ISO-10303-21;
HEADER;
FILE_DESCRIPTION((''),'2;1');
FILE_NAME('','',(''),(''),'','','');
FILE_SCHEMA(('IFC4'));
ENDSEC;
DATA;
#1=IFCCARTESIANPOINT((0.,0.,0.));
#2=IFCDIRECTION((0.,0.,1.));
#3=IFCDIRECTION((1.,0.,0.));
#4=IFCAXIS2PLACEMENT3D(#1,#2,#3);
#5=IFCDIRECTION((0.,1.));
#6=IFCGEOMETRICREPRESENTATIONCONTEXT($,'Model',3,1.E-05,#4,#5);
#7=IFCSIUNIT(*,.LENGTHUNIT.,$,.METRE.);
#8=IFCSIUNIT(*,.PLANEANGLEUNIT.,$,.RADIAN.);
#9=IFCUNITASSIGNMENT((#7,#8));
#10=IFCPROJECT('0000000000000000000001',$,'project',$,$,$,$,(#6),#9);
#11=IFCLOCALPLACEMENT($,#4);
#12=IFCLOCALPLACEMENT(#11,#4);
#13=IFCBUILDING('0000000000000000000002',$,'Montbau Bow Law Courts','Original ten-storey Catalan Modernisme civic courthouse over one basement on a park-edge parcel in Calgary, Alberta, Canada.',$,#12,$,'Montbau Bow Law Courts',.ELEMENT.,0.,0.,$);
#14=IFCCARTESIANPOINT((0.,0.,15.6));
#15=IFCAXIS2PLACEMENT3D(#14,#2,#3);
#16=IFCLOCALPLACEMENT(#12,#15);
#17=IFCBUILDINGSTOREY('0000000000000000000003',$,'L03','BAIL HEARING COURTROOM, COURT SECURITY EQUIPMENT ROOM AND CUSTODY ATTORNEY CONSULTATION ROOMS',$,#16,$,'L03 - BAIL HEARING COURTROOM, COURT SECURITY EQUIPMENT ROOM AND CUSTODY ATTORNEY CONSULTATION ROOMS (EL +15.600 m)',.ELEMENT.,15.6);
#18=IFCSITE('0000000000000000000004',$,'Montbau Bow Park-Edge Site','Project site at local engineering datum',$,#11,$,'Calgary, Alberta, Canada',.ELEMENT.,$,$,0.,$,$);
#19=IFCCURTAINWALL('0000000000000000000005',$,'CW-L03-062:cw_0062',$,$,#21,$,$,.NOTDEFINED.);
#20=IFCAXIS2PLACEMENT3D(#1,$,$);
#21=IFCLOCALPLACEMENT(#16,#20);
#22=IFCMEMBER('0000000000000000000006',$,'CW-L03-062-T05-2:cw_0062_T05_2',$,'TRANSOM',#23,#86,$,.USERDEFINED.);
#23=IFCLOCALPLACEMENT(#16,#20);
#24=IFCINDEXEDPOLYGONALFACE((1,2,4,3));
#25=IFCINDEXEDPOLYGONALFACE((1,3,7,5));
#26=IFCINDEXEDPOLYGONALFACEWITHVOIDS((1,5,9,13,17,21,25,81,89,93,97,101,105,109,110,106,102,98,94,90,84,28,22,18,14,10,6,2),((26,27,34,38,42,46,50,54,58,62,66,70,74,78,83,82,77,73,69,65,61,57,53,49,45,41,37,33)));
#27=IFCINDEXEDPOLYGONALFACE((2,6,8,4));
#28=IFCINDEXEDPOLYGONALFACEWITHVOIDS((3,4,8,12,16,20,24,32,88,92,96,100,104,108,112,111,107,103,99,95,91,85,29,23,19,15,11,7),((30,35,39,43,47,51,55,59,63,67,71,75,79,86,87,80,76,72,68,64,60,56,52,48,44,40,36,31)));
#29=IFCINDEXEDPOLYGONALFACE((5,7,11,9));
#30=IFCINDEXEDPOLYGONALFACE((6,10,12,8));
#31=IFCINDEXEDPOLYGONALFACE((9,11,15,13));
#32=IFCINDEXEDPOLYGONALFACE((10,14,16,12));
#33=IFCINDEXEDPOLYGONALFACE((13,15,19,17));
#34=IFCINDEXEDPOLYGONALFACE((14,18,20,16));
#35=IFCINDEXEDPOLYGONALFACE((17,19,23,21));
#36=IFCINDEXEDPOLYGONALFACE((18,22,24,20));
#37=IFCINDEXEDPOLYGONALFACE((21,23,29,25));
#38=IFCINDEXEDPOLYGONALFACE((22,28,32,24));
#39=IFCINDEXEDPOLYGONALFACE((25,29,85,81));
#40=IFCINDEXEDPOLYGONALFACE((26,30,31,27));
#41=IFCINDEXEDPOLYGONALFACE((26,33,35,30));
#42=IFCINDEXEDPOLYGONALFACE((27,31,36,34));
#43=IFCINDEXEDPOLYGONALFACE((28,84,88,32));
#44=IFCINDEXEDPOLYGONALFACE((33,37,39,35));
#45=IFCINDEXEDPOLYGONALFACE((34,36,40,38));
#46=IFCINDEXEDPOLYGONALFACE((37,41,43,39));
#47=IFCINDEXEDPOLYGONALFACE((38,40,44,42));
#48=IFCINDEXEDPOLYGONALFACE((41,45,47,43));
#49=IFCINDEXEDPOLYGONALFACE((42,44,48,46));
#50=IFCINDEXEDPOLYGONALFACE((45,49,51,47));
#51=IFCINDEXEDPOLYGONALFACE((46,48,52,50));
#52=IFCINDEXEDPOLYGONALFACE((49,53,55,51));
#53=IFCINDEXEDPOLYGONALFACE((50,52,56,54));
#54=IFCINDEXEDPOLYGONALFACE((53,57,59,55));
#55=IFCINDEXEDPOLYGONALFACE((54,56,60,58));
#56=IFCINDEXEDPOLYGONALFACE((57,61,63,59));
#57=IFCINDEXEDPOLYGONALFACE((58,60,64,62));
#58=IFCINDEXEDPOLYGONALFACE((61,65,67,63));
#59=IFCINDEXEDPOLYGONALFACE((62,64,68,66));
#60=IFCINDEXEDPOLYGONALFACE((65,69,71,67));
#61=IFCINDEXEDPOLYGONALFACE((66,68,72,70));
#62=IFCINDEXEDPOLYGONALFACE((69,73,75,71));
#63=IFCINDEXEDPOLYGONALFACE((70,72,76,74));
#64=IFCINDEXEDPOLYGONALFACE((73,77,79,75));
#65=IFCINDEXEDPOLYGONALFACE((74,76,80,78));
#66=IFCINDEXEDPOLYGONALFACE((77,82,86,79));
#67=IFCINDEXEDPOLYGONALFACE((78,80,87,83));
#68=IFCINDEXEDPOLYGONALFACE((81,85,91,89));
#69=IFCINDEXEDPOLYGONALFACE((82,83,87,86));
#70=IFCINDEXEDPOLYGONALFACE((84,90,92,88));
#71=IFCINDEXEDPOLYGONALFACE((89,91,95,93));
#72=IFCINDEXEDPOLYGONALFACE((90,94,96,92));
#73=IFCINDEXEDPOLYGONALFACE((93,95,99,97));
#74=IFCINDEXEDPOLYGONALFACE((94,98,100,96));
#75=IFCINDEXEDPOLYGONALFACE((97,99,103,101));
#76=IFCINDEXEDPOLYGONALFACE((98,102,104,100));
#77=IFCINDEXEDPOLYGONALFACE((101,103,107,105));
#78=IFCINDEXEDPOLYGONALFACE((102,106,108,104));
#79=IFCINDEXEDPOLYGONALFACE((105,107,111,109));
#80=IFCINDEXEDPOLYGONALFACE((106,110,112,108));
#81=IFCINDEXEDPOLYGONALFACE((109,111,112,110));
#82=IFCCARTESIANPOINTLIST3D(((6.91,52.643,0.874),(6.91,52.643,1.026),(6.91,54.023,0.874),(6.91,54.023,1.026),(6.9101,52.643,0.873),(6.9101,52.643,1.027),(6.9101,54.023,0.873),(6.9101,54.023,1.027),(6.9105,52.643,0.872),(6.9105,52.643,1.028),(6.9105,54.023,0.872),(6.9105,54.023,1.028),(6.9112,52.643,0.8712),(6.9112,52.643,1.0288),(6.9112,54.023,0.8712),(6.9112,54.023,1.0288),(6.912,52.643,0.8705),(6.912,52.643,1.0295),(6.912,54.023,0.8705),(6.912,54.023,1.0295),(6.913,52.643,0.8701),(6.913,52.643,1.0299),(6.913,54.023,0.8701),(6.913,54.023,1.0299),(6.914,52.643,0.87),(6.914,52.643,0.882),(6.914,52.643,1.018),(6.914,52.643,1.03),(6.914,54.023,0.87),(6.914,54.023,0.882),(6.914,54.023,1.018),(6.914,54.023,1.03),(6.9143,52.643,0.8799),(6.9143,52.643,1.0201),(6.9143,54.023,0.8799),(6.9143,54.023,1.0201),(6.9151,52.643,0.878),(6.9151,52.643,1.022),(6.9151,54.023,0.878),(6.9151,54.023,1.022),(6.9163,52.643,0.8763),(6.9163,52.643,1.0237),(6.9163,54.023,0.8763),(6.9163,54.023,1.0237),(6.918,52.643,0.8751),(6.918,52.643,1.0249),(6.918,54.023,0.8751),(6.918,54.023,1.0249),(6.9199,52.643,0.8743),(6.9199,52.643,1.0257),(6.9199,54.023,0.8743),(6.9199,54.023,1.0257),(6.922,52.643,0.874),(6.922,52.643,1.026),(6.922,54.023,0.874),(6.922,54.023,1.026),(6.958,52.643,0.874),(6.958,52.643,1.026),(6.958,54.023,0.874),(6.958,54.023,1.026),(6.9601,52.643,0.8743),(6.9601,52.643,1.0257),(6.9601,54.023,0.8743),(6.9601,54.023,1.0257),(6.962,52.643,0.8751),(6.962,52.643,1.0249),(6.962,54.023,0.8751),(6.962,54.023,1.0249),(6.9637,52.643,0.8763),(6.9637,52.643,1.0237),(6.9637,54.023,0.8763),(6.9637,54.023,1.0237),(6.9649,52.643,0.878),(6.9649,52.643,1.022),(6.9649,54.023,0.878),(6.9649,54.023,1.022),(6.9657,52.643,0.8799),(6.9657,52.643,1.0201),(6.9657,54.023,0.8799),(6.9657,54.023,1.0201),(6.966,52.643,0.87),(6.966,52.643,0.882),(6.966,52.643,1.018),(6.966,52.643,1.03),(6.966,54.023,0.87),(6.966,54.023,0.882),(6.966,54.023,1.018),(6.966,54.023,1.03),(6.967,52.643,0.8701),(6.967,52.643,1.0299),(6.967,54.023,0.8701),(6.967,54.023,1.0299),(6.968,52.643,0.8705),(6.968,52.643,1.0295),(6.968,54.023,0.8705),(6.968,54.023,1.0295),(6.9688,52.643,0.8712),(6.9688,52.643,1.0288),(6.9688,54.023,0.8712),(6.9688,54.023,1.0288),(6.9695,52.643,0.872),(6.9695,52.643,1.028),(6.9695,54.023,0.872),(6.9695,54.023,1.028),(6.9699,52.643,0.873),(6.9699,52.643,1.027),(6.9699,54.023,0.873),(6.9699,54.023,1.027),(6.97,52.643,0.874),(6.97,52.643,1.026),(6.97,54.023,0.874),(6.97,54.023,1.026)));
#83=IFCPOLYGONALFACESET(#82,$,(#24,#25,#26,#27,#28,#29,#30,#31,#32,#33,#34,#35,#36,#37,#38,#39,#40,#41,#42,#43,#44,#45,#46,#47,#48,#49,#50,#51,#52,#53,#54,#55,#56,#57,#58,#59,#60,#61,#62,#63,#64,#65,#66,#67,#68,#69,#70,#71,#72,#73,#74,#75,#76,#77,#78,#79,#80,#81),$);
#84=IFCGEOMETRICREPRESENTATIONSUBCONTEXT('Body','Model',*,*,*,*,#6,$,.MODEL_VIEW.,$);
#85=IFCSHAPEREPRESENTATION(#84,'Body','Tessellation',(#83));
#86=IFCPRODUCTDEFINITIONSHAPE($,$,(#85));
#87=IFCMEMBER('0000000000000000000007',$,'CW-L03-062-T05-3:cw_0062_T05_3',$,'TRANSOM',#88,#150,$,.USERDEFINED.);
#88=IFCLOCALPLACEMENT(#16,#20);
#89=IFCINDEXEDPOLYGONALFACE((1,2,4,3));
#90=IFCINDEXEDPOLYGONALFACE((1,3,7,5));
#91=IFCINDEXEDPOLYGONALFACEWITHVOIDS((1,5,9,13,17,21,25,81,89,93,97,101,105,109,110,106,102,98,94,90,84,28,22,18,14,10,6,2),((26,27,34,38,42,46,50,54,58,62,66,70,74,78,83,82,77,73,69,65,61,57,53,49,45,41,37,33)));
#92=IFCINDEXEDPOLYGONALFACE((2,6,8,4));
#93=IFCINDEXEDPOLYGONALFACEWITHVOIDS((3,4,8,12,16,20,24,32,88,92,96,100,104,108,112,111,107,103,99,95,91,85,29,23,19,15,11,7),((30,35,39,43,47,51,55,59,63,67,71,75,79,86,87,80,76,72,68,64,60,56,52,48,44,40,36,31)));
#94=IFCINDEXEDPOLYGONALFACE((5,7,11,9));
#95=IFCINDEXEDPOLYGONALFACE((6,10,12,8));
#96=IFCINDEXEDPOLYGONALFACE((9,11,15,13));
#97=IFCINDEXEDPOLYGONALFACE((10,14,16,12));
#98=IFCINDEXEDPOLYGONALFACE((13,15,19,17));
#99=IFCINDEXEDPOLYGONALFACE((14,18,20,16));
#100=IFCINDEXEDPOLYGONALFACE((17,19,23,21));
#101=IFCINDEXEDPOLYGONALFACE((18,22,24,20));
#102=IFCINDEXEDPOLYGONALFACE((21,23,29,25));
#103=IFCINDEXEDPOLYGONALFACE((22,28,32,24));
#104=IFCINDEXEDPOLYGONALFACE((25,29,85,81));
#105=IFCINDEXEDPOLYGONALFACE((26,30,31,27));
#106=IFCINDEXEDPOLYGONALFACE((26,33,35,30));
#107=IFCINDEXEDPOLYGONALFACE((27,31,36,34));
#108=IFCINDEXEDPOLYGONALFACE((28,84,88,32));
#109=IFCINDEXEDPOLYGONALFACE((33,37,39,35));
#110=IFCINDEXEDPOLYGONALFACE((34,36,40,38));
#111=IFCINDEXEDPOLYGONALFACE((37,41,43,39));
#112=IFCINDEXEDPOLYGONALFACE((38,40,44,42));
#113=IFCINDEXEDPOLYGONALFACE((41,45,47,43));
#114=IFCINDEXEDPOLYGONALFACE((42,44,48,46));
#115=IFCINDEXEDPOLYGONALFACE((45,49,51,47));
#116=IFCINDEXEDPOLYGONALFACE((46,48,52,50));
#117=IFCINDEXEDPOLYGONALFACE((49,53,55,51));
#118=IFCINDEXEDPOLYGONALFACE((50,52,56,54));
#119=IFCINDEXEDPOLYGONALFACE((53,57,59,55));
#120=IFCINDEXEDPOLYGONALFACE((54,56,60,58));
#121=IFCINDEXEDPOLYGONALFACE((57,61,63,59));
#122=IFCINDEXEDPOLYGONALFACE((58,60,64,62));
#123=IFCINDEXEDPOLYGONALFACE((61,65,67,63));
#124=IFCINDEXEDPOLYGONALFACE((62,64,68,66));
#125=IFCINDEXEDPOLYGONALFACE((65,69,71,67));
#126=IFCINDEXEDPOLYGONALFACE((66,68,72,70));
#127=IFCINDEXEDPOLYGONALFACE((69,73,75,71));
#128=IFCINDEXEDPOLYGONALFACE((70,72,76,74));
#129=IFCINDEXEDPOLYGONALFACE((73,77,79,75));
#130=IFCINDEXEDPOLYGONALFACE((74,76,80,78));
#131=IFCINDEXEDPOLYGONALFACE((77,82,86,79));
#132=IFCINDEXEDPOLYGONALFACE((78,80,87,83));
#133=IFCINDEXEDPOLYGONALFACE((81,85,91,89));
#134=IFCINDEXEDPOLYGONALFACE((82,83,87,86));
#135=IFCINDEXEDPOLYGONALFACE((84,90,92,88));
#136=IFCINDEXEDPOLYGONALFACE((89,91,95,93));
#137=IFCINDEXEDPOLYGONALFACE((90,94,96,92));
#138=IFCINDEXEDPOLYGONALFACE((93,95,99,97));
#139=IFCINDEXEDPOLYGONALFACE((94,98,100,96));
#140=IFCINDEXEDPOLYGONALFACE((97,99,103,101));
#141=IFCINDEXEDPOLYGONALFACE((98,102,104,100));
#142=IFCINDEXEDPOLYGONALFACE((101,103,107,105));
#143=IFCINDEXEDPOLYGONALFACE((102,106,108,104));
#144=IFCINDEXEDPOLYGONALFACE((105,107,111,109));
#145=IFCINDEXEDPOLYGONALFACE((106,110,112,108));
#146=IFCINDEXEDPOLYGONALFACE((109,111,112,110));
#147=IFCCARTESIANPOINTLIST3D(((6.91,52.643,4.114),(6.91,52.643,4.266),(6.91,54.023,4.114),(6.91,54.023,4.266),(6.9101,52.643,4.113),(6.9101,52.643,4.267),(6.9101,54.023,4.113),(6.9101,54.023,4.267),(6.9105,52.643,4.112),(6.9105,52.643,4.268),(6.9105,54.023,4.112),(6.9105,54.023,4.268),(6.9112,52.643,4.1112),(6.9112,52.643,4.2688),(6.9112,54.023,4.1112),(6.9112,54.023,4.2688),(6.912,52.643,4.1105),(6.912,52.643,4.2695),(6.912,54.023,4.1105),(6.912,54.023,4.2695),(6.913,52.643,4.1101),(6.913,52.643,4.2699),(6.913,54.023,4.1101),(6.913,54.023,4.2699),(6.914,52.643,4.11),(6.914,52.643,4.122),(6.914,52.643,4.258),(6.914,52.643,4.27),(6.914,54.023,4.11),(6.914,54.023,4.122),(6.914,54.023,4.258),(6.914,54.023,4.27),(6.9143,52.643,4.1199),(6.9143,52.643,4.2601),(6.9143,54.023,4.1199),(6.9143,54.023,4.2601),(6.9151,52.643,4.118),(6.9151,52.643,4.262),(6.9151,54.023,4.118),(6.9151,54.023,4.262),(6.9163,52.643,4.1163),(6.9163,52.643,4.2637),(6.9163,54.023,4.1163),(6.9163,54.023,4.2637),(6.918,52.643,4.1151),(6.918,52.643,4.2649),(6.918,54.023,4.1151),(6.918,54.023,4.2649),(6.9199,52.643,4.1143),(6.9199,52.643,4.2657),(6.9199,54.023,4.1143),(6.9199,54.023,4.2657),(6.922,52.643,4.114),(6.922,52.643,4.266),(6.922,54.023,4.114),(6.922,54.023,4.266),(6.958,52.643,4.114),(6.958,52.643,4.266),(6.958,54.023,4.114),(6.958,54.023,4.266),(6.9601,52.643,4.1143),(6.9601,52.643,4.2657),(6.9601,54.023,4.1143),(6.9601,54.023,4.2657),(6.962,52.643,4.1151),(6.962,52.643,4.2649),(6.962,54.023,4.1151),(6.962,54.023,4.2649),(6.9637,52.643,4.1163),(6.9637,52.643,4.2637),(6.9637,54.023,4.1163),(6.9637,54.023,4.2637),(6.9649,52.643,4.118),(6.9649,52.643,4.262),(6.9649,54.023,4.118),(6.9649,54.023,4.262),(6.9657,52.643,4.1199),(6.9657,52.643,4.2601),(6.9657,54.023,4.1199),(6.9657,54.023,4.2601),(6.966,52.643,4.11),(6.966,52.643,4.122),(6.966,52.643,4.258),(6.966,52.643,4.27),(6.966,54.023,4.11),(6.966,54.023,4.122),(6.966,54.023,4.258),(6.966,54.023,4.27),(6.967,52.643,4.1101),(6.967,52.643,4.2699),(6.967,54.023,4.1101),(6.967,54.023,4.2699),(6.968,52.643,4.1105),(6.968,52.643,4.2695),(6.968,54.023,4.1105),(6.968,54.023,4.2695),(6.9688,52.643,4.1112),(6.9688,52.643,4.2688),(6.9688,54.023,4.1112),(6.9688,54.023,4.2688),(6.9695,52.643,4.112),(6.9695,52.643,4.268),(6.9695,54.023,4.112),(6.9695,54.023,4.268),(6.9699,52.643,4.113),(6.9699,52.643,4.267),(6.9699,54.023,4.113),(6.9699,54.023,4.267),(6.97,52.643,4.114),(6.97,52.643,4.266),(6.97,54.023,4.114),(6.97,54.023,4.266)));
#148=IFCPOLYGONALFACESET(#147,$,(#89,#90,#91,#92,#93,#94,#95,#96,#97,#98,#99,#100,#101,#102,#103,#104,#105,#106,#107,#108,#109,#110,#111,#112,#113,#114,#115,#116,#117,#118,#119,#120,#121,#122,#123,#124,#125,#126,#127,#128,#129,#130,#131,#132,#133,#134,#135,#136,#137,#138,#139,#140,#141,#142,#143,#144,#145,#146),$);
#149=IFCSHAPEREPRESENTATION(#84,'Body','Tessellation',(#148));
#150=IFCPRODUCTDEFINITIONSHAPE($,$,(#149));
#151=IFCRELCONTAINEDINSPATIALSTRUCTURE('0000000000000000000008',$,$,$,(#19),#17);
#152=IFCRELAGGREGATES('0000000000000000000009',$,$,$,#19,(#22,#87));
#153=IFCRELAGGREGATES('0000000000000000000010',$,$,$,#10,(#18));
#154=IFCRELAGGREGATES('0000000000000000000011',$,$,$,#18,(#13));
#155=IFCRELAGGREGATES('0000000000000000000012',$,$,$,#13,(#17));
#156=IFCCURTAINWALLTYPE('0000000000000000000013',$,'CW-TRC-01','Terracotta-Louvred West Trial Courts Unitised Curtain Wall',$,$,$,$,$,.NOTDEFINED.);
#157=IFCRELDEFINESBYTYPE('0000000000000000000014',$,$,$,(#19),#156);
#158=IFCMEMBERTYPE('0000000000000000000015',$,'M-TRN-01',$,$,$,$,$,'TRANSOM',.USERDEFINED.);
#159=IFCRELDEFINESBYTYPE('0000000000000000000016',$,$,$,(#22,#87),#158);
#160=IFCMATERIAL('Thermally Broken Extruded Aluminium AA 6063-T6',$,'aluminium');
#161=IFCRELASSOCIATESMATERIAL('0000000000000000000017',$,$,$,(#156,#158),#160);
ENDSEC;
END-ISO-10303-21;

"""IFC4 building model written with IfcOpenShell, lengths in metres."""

from ifc_helpers import new_model, si_unit, direction, frame, origin_with_axes, origin_2d_with_axis, place, context, subcontext, project, spatial, hollow_rectangle, extrude, material, material_profile, profile_set, type_object, element, aggregate, save


model = new_model("IFC4")

# Units and contexts
model_context = context("Model", 3, precision=1e-05, world=origin_with_axes(), true_north=direction((0.0, 1.0)))
body_context = subcontext(model_context, "Body", "Model", "MODEL_VIEW")
ifc_project = project(units=[si_unit("LENGTHUNIT", "METRE"), si_unit("PLANEANGLEUNIT", "RADIAN")], contexts=[model_context])

# Site, building, storey
site_placement = place(None, origin_with_axes())
site = spatial("IfcSite", under=ifc_project, at=site_placement, Name="Montbau Bow Park-Edge Site", Description="Project site at local engineering datum", LongName="Calgary, Alberta, Canada", CompositionType="ELEMENT", RefElevation=0.0)
building_placement = place(site_placement, origin_with_axes())
building = spatial("IfcBuilding", under=site, at=building_placement, Name="Montbau Bow Law Courts", Description="Original ten-storey Catalan Modernisme civic courthouse over one basement on a park-edge parcel in Calgary, Alberta, Canada.", LongName="Montbau Bow Law Courts", CompositionType="ELEMENT", ElevationOfRefHeight=0.0, ElevationOfTerrain=0.0)
storey_placement = place(building_placement, frame((0.0, 0.0, 15.6), z_axis=(0.0, 0.0, 1.0), x_axis=(1.0, 0.0, 0.0)))
storey = spatial("IfcBuildingStorey", under=building, at=storey_placement, Name="L03", Description="BAIL HEARING COURTROOM, COURT SECURITY EQUIPMENT ROOM AND CUSTODY ATTORNEY CONSULTATION ROOMS", LongName="L03 - BAIL HEARING COURTROOM, COURT SECURITY EQUIPMENT ROOM AND CUSTODY ATTORNEY CONSULTATION ROOMS (EL +15.600 m)", CompositionType="ELEMENT", Elevation=15.6)

# Curtain wall, members
ifc_material_1 = material(Name="Thermally Broken Extruded Aluminium AA 6063-T6", Category="aluminium")
curtain_wall_type = type_object("IfcCurtainWallType", Name="CW-TRC-01", Description="Terracotta-Louvred West Trial Courts Unitised Curtain Wall", PredefinedType="NOTDEFINED", material=ifc_material_1)
curtain_wall_1_placement = place(None, frame((6.94, 46.715, 15.6), z_axis=(0.0, 0.0, 1.0), x_axis=(1.0, 0.0, 0.0)))
curtain_wall_1 = element("IfcCurtainWall", 1, at=curtain_wall_1_placement, inside=storey, type_object=curtain_wall_type, Name="CW-L03-062:cw_0062", PredefinedType="NOTDEFINED")
ifc_material_profile_1 = material_profile(ifc_material_1, hollow_rectangle(XDim=0.06, YDim=0.16, WallThickness=0.004, InnerFilletRadius=0.008, OuterFilletRadius=0.004, at=origin_2d_with_axis()), Name="CWT-160X60", Category="Main", Priority=0)
ifc_profile_set_1 = profile_set([ifc_material_profile_1], Name="Thermally Broken Extruded Aluminium AA 6063-T6")
member_type_1 = type_object("IfcMemberType", Name="M-TRN-01", ElementType="TRANSOM", PredefinedType="USERDEFINED", material=ifc_profile_set_1)
member_1_placement = place(None, frame((6.94, 52.643, 16.55), z_axis=(0.0, 1.0, 0.0), x_axis=(-1.0, 0.0, 0.0)))
member_1 = element("IfcMember", 2, at=member_1_placement, type_object=member_type_1, Name="CW-L03-062-T05-2:cw_0062_T05_2", ObjectType="TRANSOM", PredefinedType="USERDEFINED", context=body_context, shape_type="SweptSolid", body=[
    extrude(hollow_rectangle(XDim=0.06, YDim=0.16, WallThickness=0.004, InnerFilletRadius=0.008, OuterFilletRadius=0.004, at=origin_2d_with_axis()), origin_with_axes(), (0.0, 0.0, 1.0), 1.38),
])
member_2_placement = place(None, frame((6.94, 52.643, 19.79), z_axis=(0.0, 1.0, 0.0), x_axis=(-1.0, 0.0, 0.0)))
member_2 = element("IfcMember", 3, at=member_2_placement, type_object=member_type_1, Name="CW-L03-062-T05-3:cw_0062_T05_3", ObjectType="TRANSOM", PredefinedType="USERDEFINED", context=body_context, shape_type="SweptSolid", body=[
    extrude(hollow_rectangle(XDim=0.06, YDim=0.16, WallThickness=0.004, InnerFilletRadius=0.008, OuterFilletRadius=0.004, at=origin_2d_with_axis()), origin_with_axes(), (0.0, 0.0, 1.0), 1.38),
])

aggregate(curtain_wall_1, [member_1, member_2])

save(model, "model.ifc")
